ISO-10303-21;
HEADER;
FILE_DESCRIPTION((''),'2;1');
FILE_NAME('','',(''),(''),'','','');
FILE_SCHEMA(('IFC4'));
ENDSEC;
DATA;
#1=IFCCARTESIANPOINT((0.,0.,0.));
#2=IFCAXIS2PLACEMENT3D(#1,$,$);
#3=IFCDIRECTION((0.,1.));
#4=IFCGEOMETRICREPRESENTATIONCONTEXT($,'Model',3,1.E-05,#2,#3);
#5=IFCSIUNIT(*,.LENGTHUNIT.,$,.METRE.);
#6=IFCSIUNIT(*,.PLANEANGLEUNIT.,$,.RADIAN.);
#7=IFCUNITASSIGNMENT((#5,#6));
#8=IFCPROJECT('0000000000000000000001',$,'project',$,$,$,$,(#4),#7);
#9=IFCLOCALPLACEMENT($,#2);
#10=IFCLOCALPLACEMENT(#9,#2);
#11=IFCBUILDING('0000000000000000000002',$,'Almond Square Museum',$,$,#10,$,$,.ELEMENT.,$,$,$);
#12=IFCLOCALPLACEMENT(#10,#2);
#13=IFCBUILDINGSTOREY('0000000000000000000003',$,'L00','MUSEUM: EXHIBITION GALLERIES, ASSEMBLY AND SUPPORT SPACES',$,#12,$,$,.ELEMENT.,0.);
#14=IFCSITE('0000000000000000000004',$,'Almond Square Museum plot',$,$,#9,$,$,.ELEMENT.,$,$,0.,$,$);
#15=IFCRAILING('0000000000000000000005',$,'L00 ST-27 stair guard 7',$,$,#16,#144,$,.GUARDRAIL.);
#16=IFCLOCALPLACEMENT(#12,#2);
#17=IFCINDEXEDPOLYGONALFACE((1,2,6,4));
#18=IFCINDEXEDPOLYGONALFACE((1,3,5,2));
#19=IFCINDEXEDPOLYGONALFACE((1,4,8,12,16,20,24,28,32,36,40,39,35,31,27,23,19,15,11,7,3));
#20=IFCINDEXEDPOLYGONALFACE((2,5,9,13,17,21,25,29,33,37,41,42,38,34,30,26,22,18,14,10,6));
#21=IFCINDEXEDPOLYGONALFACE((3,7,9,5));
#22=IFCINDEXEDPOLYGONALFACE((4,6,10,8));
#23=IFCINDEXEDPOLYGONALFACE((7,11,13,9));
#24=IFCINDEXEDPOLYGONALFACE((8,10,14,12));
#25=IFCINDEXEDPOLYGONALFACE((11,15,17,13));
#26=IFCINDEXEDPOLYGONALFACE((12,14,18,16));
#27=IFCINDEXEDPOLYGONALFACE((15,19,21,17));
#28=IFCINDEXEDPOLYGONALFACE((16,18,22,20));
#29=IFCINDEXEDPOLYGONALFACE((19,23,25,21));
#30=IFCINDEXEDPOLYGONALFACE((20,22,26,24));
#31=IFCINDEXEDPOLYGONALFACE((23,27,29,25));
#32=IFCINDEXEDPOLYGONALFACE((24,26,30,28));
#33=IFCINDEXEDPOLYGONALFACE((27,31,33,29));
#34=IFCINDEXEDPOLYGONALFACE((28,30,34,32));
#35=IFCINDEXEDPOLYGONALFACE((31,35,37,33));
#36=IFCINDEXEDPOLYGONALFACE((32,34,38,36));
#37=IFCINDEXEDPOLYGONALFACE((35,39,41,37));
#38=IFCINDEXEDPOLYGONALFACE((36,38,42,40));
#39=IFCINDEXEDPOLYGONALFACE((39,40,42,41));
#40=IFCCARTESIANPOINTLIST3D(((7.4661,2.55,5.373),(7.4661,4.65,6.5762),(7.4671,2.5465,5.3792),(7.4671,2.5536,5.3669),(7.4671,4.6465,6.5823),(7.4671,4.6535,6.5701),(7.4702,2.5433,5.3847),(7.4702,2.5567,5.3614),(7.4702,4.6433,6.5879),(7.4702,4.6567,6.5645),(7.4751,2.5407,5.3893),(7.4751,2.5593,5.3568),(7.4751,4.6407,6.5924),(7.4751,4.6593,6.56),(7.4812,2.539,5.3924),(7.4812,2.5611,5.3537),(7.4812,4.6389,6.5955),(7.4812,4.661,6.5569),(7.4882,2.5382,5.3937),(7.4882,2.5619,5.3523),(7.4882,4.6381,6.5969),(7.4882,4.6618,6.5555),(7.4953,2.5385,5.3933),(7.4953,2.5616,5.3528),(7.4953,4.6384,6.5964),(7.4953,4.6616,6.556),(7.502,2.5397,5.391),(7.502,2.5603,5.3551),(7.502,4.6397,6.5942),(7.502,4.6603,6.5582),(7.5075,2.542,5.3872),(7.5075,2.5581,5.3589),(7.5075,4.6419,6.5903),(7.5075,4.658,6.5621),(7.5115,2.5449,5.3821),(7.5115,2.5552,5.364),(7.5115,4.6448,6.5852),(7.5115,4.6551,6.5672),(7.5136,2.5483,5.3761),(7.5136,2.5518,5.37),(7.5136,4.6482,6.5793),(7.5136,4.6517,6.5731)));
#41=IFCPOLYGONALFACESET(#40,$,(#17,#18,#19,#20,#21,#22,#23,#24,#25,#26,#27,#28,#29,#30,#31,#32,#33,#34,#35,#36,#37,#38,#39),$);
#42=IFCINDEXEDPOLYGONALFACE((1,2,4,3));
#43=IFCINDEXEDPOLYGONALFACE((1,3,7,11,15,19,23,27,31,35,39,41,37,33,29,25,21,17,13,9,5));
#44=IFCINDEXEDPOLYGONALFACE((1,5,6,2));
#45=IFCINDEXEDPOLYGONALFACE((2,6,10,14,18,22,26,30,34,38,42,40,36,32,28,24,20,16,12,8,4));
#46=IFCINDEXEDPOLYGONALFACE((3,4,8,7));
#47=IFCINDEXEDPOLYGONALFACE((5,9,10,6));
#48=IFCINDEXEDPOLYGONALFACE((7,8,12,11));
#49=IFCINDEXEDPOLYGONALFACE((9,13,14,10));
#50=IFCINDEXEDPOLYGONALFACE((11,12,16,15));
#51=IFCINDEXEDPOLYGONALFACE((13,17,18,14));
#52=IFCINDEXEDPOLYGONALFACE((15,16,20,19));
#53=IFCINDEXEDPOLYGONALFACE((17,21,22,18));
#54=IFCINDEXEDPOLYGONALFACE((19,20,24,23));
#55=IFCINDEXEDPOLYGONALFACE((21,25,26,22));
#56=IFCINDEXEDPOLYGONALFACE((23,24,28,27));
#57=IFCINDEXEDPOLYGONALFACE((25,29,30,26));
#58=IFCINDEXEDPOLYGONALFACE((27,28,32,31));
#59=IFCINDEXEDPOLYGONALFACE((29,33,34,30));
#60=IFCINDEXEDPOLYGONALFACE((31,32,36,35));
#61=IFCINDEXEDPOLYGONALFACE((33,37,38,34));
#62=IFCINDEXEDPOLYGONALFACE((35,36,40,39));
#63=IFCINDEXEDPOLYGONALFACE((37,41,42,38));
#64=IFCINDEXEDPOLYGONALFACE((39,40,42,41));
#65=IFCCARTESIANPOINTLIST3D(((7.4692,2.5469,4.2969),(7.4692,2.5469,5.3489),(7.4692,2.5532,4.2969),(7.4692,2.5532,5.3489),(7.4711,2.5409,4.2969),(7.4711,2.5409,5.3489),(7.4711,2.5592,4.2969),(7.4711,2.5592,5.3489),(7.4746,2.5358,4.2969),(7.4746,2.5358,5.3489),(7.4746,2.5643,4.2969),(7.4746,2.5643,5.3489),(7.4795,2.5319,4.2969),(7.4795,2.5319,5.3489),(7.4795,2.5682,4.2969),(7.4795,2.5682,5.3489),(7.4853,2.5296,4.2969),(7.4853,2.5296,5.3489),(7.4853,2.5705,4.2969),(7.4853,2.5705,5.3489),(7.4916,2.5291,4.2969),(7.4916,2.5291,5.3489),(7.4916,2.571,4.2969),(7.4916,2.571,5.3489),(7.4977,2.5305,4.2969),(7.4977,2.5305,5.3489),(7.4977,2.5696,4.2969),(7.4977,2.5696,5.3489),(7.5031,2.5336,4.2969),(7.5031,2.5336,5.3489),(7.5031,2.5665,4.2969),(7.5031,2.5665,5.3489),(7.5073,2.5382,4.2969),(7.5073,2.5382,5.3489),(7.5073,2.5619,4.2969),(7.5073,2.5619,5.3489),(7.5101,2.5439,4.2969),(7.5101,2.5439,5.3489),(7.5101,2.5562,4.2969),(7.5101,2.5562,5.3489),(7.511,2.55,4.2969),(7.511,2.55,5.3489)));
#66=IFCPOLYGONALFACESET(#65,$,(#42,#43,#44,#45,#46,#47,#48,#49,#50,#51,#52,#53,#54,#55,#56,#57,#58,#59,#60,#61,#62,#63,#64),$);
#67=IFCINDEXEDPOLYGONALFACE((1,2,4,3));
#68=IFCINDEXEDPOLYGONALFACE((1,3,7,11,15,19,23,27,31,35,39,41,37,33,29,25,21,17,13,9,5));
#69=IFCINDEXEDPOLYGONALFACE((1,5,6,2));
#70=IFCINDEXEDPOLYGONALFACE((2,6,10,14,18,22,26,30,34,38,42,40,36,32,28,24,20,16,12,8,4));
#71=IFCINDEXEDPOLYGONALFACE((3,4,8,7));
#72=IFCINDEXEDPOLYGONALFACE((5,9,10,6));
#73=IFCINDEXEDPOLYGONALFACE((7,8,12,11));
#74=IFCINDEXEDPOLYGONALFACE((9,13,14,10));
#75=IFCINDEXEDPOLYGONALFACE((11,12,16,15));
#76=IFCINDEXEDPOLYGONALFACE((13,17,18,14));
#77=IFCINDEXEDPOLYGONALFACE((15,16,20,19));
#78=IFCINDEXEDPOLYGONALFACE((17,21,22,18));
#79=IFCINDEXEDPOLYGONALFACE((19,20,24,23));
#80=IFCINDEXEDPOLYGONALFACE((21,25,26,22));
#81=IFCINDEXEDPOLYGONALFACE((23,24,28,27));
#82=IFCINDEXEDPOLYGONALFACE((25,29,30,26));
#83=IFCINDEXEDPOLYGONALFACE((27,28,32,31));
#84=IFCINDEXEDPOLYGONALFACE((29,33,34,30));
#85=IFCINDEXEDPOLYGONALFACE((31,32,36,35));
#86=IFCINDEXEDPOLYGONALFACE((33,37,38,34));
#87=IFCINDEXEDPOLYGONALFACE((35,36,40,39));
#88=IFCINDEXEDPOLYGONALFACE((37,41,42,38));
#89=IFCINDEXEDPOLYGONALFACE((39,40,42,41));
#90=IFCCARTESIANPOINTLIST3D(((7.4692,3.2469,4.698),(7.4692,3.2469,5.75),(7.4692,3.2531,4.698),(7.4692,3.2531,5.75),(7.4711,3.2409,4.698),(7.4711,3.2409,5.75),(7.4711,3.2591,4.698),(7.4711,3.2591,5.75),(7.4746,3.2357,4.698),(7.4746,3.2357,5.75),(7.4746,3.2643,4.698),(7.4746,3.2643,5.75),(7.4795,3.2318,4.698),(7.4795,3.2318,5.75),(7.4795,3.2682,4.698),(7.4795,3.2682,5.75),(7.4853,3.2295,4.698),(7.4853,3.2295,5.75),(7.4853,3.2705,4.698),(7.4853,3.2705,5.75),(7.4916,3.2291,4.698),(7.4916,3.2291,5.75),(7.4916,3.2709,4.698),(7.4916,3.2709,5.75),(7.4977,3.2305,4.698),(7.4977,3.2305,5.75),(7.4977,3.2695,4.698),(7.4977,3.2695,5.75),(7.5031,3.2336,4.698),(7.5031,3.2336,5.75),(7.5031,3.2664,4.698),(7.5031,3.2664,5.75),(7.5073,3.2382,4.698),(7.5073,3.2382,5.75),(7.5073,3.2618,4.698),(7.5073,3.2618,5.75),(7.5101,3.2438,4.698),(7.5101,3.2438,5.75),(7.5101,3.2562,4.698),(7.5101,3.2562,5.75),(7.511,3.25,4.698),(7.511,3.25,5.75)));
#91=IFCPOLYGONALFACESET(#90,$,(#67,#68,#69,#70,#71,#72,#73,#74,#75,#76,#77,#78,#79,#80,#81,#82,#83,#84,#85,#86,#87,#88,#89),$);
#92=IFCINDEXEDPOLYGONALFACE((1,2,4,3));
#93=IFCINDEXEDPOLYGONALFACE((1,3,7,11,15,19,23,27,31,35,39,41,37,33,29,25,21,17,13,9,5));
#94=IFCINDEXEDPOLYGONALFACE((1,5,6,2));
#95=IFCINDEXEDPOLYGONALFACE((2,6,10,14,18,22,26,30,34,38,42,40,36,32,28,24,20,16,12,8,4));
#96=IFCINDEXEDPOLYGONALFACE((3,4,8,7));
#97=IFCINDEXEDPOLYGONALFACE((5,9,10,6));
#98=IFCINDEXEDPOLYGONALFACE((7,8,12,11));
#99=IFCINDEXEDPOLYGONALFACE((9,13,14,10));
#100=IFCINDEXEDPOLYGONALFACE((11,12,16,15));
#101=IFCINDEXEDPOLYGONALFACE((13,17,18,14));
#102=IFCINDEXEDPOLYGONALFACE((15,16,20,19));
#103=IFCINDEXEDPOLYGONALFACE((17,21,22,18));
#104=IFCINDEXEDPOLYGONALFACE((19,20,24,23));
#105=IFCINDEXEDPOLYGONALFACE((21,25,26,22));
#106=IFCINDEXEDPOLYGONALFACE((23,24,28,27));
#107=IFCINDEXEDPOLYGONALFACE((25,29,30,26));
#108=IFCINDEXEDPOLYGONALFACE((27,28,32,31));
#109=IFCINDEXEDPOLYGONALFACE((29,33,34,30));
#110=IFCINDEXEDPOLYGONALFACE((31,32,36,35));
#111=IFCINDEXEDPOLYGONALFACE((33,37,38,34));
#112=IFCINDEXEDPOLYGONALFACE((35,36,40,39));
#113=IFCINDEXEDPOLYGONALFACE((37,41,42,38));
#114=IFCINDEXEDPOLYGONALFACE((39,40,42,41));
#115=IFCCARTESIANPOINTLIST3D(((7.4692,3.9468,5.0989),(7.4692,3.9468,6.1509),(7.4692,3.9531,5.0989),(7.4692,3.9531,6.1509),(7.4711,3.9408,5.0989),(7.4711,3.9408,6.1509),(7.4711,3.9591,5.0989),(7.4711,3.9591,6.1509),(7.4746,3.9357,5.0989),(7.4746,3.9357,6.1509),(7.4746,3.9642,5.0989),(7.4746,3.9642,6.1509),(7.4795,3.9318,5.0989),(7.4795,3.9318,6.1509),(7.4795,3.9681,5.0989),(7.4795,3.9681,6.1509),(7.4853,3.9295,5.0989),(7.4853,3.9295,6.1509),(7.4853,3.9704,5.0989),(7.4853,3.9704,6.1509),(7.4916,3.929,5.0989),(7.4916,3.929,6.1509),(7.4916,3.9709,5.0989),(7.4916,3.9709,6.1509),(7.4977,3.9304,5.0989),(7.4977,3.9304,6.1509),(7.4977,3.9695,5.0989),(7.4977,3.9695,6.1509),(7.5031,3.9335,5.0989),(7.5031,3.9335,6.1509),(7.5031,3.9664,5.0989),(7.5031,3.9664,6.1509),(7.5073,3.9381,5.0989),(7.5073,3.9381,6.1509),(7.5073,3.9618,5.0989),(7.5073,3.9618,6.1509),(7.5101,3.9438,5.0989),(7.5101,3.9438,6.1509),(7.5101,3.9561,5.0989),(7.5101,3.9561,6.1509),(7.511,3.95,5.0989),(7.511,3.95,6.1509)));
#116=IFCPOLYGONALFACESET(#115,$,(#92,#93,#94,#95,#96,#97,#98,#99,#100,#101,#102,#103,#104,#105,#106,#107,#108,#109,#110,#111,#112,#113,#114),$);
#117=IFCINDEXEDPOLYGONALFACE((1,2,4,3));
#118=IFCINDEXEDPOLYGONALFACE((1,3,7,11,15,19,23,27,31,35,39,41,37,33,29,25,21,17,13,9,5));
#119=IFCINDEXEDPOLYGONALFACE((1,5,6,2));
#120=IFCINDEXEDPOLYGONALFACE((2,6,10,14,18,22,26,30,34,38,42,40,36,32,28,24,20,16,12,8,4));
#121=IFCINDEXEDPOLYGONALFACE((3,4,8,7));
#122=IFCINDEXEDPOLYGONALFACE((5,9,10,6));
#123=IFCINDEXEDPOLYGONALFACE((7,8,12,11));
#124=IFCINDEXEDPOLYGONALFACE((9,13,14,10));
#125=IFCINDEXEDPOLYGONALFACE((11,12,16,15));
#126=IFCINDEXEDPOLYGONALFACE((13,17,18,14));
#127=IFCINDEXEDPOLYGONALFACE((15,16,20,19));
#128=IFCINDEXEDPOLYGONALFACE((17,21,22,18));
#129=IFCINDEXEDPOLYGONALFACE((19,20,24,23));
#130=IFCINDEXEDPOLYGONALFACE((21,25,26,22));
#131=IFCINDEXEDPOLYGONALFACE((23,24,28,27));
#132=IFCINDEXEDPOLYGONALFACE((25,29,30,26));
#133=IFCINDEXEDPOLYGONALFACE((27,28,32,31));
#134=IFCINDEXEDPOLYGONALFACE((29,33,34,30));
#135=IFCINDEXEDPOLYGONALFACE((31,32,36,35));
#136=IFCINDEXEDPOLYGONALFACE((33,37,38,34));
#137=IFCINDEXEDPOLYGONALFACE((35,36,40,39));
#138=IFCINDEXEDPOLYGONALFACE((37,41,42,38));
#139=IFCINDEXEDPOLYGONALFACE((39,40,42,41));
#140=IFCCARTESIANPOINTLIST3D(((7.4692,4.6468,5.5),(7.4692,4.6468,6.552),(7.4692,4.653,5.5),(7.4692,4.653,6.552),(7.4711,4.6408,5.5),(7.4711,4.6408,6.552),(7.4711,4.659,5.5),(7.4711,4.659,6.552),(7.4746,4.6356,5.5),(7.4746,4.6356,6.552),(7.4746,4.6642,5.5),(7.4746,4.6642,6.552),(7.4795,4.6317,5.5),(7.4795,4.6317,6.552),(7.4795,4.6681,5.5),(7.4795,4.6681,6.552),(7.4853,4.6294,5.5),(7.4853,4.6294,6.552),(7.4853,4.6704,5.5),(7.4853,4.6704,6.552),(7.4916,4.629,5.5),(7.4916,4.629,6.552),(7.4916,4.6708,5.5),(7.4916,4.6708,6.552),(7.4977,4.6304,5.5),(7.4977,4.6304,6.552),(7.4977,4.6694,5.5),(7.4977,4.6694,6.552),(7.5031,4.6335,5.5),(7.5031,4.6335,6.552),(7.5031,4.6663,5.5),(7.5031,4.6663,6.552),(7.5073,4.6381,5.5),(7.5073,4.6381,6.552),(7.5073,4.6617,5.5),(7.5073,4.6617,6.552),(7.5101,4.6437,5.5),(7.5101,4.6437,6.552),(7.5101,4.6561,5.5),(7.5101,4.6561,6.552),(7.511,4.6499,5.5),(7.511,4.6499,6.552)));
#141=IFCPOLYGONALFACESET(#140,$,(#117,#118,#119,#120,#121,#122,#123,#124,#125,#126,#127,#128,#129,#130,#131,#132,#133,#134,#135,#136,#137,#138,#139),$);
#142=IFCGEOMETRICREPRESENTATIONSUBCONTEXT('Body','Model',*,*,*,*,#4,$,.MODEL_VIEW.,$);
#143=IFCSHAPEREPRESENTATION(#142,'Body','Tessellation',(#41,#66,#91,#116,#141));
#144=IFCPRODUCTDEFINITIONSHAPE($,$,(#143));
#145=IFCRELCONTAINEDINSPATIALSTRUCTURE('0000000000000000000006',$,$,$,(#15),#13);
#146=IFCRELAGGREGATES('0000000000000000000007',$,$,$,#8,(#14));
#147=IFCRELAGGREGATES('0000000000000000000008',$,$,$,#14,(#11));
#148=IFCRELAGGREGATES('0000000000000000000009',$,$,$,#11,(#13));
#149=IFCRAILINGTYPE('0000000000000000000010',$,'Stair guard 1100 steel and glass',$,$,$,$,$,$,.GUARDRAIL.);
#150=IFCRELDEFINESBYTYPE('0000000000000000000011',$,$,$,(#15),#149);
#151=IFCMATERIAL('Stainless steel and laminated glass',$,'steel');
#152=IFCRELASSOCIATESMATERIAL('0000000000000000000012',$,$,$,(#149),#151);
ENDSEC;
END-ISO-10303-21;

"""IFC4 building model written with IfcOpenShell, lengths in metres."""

from ifc_helpers import new_model, si_unit, direction, frame, origin, origin_2d, place, context, subcontext, project, spatial, circle, extrude, material, type_object, element, save


model = new_model("IFC4")

# Units and contexts
model_context = context("Model", 3, precision=1e-05, world=origin(), true_north=direction((0.0, 1.0)))
body_context = subcontext(model_context, "Body", "Model", "MODEL_VIEW")
ifc_project = project(units=[si_unit("LENGTHUNIT", "METRE"), si_unit("PLANEANGLEUNIT", "RADIAN")], contexts=[model_context])

# Site, building, storey
site_placement = place(None, origin())
site = spatial("IfcSite", under=ifc_project, at=site_placement, Name="Almond Square Museum plot", CompositionType="ELEMENT", RefElevation=0.0)
building_placement = place(site_placement, origin())
building = spatial("IfcBuilding", under=site, at=building_placement, Name="Almond Square Museum", CompositionType="ELEMENT")
storey_placement = place(building_placement, origin())
storey = spatial("IfcBuildingStorey", under=building, at=storey_placement, Name="L00", Description="MUSEUM: EXHIBITION GALLERIES, ASSEMBLY AND SUPPORT SPACES", CompositionType="ELEMENT", Elevation=0.0)

# Railing
ifc_material_1 = material(Name="Stainless steel and laminated glass", Category="steel")
railing_type = type_object("IfcRailingType", Name="Stair guard 1100 steel and glass", PredefinedType="GUARDRAIL", material=ifc_material_1)
railing_1_placement = place(storey_placement, frame((7.49, 2.55, 4.2969)))
element("IfcRailing", 1, at=railing_1_placement, inside=storey, type_object=railing_type, Name="L00 ST-27 stair guard 7", PredefinedType="GUARDRAIL", context=body_context, shape_type="SweptSolid", body=[
    extrude(circle(Radius=0.0239, at=origin_2d()), frame((0.0, 0.0, 1.0762), z_axis=(0.0, 0.867671, 0.497138), x_axis=(-1.0, 0.0, 0.0)), (0.0, 0.0, 1.0), 2.4202),
    extrude(circle(Radius=0.021, at=origin_2d()), origin(), (0.0, 0.0, 1.0), 1.052),
    extrude(circle(Radius=0.021, at=origin_2d()), frame((0.0, 0.7, 0.4011)), (0.0, 0.0, 1.0), 1.052),
    extrude(circle(Radius=0.021, at=origin_2d()), frame((0.0, 1.3999, 0.802)), (0.0, 0.0, 1.0), 1.052),
    extrude(circle(Radius=0.021, at=origin_2d()), frame((0.0, 2.0999, 1.2031)), (0.0, 0.0, 1.0), 1.052),
])

save(model, "model.ifc")
